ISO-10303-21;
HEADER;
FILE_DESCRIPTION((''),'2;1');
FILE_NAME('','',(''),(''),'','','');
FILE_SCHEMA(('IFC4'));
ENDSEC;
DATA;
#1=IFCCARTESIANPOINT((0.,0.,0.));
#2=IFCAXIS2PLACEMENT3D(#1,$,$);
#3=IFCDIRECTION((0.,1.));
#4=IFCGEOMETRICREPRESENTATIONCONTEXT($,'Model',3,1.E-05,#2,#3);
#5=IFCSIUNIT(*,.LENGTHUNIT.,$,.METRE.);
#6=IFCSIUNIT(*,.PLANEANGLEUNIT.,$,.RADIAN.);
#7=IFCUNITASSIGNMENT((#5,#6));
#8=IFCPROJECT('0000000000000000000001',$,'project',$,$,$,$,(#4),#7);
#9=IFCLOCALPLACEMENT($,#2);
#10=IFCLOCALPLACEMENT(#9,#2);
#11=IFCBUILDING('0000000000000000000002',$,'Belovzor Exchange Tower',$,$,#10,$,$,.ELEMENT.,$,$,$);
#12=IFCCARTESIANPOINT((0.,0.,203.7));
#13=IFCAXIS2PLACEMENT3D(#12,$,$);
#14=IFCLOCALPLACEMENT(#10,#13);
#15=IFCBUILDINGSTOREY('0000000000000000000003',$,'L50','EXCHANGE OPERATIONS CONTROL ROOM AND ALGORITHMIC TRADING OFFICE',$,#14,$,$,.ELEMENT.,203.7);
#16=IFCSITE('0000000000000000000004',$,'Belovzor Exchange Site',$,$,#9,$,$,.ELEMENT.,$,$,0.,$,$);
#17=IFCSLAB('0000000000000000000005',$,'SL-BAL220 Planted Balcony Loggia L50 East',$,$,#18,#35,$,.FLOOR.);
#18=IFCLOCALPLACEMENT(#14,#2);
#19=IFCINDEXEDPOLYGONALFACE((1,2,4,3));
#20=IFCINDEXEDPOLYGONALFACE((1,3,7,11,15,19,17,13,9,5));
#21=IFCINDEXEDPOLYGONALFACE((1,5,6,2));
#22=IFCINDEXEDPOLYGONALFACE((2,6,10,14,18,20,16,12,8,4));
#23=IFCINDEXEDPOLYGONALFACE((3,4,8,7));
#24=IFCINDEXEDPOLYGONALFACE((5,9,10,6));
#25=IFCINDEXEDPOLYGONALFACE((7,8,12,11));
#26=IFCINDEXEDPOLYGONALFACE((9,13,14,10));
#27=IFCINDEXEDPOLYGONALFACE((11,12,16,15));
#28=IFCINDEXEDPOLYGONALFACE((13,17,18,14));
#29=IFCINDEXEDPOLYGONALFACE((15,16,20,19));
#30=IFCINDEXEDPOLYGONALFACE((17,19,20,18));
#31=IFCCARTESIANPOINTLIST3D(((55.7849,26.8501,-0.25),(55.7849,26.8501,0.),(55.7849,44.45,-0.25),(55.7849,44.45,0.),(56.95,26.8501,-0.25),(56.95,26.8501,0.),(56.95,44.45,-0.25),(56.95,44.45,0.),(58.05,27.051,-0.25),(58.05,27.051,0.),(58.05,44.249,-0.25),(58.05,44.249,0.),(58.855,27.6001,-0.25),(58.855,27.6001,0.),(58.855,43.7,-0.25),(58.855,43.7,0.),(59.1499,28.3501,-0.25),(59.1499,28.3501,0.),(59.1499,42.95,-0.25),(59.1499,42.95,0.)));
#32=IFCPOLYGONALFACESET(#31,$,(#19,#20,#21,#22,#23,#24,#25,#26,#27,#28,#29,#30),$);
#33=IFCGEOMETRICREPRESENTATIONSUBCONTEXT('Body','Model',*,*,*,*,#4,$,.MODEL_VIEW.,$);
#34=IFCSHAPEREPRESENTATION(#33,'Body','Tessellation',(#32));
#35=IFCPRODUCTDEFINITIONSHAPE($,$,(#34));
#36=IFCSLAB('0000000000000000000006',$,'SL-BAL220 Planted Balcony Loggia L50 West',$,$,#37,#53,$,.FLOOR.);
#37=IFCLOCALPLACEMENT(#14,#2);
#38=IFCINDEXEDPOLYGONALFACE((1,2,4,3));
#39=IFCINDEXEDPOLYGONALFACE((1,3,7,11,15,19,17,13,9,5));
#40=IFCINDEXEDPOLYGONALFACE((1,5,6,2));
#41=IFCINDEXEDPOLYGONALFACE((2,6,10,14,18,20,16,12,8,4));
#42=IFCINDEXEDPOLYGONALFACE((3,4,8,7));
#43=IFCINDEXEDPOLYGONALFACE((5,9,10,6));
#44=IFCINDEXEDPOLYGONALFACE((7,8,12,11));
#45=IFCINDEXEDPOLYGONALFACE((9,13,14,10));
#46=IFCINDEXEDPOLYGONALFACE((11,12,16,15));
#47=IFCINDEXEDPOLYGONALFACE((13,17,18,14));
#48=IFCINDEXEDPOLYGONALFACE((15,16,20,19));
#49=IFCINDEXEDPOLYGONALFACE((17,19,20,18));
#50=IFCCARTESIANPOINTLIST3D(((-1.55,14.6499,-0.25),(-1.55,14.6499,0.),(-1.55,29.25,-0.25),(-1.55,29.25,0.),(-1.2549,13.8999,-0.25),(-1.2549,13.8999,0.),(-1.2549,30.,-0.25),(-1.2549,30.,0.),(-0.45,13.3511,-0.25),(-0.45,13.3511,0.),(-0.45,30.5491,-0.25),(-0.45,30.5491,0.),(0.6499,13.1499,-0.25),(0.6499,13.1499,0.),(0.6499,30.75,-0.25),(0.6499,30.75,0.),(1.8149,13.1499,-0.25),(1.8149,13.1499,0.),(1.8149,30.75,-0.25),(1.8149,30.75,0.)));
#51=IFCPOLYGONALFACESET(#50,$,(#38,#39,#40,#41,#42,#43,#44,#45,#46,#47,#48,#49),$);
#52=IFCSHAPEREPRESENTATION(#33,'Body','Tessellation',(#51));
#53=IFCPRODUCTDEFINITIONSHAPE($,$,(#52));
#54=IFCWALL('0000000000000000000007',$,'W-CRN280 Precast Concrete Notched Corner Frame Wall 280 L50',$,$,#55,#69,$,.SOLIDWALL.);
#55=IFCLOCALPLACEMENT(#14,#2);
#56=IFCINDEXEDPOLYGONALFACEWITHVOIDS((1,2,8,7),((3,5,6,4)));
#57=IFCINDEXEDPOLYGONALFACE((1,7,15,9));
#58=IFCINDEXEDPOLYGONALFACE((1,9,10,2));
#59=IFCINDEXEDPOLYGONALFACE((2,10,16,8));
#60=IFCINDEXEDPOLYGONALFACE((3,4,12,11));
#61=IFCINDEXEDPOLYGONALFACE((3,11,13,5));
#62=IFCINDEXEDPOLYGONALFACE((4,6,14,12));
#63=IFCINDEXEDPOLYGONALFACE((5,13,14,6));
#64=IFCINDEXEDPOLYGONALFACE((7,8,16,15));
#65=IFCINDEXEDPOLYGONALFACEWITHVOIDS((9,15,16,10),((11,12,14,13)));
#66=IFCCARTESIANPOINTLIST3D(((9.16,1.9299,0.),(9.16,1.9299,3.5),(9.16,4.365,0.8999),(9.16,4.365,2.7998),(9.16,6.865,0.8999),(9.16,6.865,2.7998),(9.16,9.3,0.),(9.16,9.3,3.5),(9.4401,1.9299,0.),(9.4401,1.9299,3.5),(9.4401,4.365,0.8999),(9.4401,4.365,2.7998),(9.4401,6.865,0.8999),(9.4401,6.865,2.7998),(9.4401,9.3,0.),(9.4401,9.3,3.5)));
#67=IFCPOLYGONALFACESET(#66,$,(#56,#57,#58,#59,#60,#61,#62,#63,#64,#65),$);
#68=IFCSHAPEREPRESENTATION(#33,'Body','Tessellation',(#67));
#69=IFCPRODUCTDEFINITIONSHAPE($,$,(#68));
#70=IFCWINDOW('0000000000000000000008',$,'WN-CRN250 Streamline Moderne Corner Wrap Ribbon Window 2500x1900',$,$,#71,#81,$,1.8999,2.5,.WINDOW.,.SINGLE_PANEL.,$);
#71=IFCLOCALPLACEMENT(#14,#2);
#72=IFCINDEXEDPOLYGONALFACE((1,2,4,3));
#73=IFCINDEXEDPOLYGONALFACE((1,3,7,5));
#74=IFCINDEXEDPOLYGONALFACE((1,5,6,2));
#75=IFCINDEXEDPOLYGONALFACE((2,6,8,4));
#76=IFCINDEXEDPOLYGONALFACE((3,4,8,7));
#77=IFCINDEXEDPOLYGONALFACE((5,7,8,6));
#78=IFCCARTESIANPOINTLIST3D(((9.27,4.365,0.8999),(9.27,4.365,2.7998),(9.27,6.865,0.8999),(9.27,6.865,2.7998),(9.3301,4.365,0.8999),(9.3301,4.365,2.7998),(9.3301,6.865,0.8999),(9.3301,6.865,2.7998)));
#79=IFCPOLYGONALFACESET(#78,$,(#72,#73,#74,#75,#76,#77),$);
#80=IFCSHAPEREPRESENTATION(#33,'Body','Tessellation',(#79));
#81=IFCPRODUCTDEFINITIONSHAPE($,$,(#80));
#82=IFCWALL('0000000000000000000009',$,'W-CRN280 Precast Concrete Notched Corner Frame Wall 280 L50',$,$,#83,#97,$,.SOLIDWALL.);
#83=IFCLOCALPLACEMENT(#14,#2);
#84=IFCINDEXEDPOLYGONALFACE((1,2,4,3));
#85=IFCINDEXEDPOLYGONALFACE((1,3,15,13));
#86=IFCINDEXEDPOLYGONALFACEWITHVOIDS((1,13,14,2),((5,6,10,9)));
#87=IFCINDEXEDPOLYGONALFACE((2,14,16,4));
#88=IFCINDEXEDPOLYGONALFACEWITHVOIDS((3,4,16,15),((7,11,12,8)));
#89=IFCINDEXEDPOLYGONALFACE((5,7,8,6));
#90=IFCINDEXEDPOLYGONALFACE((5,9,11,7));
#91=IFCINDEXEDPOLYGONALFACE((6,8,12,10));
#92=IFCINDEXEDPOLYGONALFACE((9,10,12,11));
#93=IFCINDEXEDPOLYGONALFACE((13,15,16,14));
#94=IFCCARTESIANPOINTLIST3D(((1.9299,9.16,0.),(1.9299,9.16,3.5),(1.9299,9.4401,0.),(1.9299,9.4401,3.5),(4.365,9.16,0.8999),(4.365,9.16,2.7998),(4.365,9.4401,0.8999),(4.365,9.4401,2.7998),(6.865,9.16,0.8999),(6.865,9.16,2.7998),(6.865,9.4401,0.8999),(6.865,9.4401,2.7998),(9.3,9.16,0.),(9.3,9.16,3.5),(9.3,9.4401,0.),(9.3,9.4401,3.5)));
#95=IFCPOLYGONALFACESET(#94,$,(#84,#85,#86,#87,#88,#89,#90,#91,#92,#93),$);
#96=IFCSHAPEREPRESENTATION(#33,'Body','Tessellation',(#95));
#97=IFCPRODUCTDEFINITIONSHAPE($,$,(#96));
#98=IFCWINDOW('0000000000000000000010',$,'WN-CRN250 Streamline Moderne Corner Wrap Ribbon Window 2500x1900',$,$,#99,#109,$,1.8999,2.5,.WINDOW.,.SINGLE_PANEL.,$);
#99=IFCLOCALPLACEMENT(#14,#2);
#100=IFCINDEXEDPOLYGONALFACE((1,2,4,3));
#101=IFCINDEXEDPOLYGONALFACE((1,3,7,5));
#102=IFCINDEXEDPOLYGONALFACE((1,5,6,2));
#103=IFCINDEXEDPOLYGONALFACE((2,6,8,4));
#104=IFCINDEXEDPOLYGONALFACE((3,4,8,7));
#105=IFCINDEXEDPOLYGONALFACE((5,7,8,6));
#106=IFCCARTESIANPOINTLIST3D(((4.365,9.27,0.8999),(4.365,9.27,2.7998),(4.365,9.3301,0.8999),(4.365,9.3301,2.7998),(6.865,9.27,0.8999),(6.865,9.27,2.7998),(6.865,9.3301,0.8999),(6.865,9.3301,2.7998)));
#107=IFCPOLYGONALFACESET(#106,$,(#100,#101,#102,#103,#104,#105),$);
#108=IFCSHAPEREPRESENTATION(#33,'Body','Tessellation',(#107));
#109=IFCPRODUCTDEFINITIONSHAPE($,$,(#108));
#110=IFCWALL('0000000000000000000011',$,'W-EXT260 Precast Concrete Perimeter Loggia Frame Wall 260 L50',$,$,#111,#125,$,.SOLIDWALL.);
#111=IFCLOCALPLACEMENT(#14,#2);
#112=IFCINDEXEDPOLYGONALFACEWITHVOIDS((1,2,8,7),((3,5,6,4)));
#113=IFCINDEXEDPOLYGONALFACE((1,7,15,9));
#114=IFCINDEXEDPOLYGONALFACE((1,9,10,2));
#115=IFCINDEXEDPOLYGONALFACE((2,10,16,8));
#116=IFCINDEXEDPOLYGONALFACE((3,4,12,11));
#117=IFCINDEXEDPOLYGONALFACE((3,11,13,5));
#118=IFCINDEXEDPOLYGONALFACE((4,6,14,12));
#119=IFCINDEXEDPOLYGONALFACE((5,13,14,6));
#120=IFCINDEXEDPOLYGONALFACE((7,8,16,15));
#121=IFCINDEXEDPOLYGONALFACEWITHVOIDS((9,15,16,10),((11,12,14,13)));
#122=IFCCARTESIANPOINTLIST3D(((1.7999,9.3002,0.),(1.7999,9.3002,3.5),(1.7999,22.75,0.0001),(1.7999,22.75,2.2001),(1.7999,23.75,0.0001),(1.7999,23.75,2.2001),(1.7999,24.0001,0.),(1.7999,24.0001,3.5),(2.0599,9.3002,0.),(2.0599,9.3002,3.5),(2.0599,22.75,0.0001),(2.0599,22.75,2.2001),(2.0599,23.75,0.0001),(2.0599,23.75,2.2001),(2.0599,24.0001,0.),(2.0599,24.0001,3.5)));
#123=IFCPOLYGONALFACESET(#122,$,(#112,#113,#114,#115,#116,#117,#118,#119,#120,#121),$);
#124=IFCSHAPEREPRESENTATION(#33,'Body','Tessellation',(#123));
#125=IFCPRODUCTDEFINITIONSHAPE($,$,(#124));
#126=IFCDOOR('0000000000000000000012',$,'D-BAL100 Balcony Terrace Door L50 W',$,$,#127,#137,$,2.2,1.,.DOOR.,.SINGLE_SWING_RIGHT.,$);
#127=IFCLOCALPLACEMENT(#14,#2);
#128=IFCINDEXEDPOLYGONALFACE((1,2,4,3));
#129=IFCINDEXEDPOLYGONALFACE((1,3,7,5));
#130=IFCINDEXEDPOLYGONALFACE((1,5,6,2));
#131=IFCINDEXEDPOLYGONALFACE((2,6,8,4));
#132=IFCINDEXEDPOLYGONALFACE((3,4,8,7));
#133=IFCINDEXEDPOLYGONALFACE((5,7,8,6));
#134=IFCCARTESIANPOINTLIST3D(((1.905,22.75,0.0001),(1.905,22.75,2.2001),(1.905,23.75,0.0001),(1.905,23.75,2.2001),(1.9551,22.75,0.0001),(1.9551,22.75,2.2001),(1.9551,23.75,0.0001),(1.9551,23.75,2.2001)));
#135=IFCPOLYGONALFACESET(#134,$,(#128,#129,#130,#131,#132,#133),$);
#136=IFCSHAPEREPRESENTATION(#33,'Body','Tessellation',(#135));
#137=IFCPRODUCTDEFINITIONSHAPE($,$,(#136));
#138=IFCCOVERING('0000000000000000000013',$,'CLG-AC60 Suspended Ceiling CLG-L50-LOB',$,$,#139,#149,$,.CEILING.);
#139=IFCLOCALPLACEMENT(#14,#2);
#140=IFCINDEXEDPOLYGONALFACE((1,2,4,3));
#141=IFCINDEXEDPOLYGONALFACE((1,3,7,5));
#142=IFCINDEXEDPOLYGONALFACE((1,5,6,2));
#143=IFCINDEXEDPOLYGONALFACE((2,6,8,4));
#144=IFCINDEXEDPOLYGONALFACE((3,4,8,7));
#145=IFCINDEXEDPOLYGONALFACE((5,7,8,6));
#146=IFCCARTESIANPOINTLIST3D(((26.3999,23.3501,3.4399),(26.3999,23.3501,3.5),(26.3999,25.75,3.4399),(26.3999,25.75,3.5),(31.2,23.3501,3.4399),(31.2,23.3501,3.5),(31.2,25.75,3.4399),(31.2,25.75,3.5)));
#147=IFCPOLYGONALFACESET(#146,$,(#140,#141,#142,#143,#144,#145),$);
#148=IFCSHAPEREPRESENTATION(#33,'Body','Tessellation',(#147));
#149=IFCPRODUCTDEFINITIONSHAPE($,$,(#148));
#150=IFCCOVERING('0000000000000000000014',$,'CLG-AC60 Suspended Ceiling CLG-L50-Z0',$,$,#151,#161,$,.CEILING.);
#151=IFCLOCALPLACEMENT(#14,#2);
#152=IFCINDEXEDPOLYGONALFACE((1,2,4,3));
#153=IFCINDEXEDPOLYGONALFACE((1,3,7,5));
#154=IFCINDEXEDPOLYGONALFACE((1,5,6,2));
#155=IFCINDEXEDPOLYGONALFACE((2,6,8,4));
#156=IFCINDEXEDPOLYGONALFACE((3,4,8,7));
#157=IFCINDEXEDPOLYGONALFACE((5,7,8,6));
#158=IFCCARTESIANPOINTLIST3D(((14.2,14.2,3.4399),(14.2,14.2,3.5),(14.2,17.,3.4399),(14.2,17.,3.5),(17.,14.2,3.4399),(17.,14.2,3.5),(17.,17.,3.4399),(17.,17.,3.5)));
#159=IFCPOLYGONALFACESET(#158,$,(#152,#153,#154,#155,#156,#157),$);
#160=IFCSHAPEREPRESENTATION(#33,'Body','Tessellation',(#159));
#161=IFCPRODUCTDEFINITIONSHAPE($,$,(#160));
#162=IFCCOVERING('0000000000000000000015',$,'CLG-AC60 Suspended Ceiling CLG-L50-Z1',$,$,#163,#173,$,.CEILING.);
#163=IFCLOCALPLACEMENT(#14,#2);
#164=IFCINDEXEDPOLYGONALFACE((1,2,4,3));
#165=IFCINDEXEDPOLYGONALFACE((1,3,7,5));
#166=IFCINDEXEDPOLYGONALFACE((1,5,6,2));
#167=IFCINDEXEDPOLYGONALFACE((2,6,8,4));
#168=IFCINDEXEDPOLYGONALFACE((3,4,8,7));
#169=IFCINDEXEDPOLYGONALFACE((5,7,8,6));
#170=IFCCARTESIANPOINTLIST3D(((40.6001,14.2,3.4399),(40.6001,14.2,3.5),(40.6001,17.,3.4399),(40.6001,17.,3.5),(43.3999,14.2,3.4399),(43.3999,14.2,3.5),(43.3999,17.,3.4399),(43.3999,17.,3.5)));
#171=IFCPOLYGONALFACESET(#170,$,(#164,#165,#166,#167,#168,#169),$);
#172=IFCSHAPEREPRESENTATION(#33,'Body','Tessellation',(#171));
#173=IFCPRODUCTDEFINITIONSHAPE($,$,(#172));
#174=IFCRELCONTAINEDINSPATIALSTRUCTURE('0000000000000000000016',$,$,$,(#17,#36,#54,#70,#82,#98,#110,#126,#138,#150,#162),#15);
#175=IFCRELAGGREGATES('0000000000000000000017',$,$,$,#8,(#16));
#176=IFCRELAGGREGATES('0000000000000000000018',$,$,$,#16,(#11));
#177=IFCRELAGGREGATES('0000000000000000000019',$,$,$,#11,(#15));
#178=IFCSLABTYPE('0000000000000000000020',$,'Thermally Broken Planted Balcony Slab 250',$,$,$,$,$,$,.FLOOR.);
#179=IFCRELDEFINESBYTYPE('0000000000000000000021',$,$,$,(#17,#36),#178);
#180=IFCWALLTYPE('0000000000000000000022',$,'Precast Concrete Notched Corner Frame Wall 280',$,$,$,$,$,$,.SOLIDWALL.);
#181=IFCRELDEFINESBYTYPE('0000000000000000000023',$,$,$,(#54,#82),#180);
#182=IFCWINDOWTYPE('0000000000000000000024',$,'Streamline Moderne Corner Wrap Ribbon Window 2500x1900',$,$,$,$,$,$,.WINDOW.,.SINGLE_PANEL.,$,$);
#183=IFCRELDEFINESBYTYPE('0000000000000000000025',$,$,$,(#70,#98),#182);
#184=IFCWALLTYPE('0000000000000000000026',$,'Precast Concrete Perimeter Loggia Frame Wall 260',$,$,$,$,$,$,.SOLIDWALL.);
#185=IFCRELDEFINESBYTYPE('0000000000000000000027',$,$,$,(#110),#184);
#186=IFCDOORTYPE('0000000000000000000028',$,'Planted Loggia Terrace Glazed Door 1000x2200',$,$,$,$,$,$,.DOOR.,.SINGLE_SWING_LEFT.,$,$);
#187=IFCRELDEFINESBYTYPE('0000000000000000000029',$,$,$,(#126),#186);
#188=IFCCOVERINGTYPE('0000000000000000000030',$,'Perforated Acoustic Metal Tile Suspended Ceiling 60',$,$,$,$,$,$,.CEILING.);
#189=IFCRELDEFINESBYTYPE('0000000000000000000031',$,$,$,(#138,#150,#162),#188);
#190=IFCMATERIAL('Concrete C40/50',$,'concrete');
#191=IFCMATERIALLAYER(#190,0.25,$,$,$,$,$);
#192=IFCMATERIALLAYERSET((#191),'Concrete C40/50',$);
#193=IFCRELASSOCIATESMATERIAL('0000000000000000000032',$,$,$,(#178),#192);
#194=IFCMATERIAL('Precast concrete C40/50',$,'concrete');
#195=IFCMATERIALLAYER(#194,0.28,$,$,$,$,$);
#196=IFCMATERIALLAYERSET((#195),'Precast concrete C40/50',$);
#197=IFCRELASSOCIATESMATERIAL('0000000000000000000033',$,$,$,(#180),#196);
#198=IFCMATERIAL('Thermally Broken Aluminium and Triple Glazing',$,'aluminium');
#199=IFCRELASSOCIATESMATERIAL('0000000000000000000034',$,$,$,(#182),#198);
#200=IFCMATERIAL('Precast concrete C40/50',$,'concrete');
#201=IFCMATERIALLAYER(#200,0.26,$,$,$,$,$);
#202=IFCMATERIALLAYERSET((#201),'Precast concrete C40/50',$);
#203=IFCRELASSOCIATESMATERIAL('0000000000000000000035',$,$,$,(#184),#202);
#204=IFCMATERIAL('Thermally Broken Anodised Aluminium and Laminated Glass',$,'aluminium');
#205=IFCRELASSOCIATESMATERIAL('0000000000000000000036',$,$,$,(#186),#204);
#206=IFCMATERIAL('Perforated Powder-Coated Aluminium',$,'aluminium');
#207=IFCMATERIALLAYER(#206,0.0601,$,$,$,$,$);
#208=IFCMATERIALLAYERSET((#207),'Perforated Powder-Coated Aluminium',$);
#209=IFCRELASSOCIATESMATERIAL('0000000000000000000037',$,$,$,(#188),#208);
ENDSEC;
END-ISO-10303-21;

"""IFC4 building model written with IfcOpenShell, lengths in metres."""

from ifc_helpers import new_model, si_unit, direction, frame, frame_2d, origin, place, context, subcontext, project, spatial, polyline, rectangle, outline, extrude, material, layer, layer_set, type_object, element, fill, save


model = new_model("IFC4")

# Units and contexts
model_context = context("Model", 3, precision=1e-05, world=origin(), true_north=direction((0.0, 1.0)))
body_context = subcontext(model_context, "Body", "Model", "MODEL_VIEW")
ifc_project = project(units=[si_unit("LENGTHUNIT", "METRE"), si_unit("PLANEANGLEUNIT", "RADIAN")], contexts=[model_context])

# Site, building, storey
site_placement = place(None, origin())
site = spatial("IfcSite", under=ifc_project, at=site_placement, Name="Belovzor Exchange Site", CompositionType="ELEMENT", RefElevation=0.0)
building_placement = place(site_placement, origin())
building = spatial("IfcBuilding", under=site, at=building_placement, Name="Belovzor Exchange Tower", CompositionType="ELEMENT")
storey_placement = place(building_placement, frame((0.0, 0.0, 203.7)))
storey = spatial("IfcBuildingStorey", under=building, at=storey_placement, Name="L50", Description="EXCHANGE OPERATIONS CONTROL ROOM AND ALGORITHMIC TRADING OFFICE", CompositionType="ELEMENT", Elevation=203.7)

# Slabs
ifc_material_1 = material(Name="Concrete C40/50", Category="concrete")
ifc_layer_1 = layer(ifc_material_1, 0.25)
ifc_layer_set_1 = layer_set([ifc_layer_1], Name="Concrete C40/50")
slab_type_1 = type_object("IfcSlabType", Name="Thermally Broken Planted Balcony Slab 250", PredefinedType="FLOOR", material=ifc_layer_set_1)
slab_1_placement = place(storey_placement, frame((0.0, 0.0, -0.25)))
element("IfcSlab", 1, at=slab_1_placement, inside=storey, type_object=slab_type_1, Name="SL-BAL220 Planted Balcony Loggia L50 East", PredefinedType="FLOOR", context=body_context, shape_type="SweptSolid", body=[
    extrude(outline(polyline([(55.7849, 26.8501), (56.95, 26.8501), (58.05, 27.051), (58.855, 27.6001), (59.1499, 28.3501), (59.1499, 42.95), (58.855, 43.7), (58.05, 44.249), (56.95, 44.45), (55.7849, 44.45), (55.7849, 26.8501)])), origin(), (0.0, 0.0, 1.0), 0.25),
])
slab_2_placement = place(storey_placement, frame((0.0, 0.0, -0.25)))
element("IfcSlab", 2, at=slab_2_placement, inside=storey, type_object=slab_type_1, Name="SL-BAL220 Planted Balcony Loggia L50 West", PredefinedType="FLOOR", context=body_context, shape_type="SweptSolid", body=[
    extrude(outline(polyline([(1.8149, 30.75), (0.6499, 30.75), (-0.45, 30.5491), (-1.2549, 30.0), (-1.55, 29.25), (-1.55, 14.6499), (-1.2549, 13.8999), (-0.45, 13.3511), (0.6499, 13.1499), (1.8149, 13.1499), (1.8149, 30.75)])), origin(), (0.0, 0.0, 1.0), 0.25),
])

# Walls, openings, windows
ifc_material_2 = material(Name="Precast concrete C40/50", Category="concrete")
ifc_layer_2 = layer(ifc_material_2, 0.28)
ifc_layer_set_2 = layer_set([ifc_layer_2], Name="Precast concrete C40/50")
wall_type_1 = type_object("IfcWallType", Name="Precast Concrete Notched Corner Frame Wall 280", PredefinedType="SOLIDWALL", material=ifc_layer_set_2)
wall_1_placement = place(storey_placement, frame((9.3, 1.9299, 0.0), z_axis=(0.0, 0.0, 1.0), x_axis=(0.0, 1.0, 0.0)))
wall_1 = element("IfcWall", 3, at=wall_1_placement, inside=storey, type_object=wall_type_1, Name="W-CRN280 Precast Concrete Notched Corner Frame Wall 280 L50", PredefinedType="SOLIDWALL", context=body_context, shape_type="SweptSolid", body=[
    extrude(rectangle(XDim=7.3701, YDim=0.28, at=frame_2d((3.6851, 0.0))), origin(), (0.0, 0.0, 1.0), 3.5),
])
opening_1_placement = place(wall_1_placement, frame((2.4351, 0.0, 0.8999)))
opening_1 = element("IfcOpeningElement", 4, at=opening_1_placement, cuts=wall_1, PredefinedType="OPENING", context=body_context, shape_type="SweptSolid", body=[
    extrude(rectangle(XDim=2.5, YDim=1.8999, at=frame_2d((1.25, 0.95))), frame((0.0, 0.1499, 0.0), z_axis=(0.0, -1.0, 0.0), x_axis=(1.0, 0.0, 0.0)), (0.0, 0.0, 1.0), 0.3),
])
ifc_material_3 = material(Name="Thermally Broken Aluminium and Triple Glazing", Category="aluminium")
window_type = type_object("IfcWindowType", Name="Streamline Moderne Corner Wrap Ribbon Window 2500x1900", PartitioningType="SINGLE_PANEL", PredefinedType="WINDOW", material=ifc_material_3)
window_1_placement = place(opening_1_placement, origin())
window_1 = element("IfcWindow", 5, at=window_1_placement, inside=storey, type_object=window_type, Name="WN-CRN250 Streamline Moderne Corner Wrap Ribbon Window 2500x1900", OverallHeight=1.8999, OverallWidth=2.5, PartitioningType="SINGLE_PANEL", PredefinedType="WINDOW", context=body_context, shape_type="SweptSolid", body=[
    extrude(rectangle(XDim=2.5, YDim=1.8999, at=frame_2d((1.25, 0.95))), frame((0.0, 0.03, 0.0), z_axis=(0.0, -1.0, 0.0), x_axis=(1.0, 0.0, 0.0)), (0.0, 0.0, 1.0), 0.0601),
])
fill(opening_1, window_1)
wall_2_placement = place(storey_placement, frame((9.3, 9.3, 0.0), z_axis=(0.0, 0.0, 1.0), x_axis=(-1.0, 0.0, 0.0)))
wall_2 = element("IfcWall", 6, at=wall_2_placement, inside=storey, type_object=wall_type_1, Name="W-CRN280 Precast Concrete Notched Corner Frame Wall 280 L50", PredefinedType="SOLIDWALL", context=body_context, shape_type="SweptSolid", body=[
    extrude(rectangle(XDim=7.3701, YDim=0.28, at=frame_2d((3.6851, 0.0))), origin(), (0.0, 0.0, 1.0), 3.5),
])
opening_2_placement = place(wall_2_placement, frame((2.4351, 0.0, 0.8999)))
opening_2 = element("IfcOpeningElement", 7, at=opening_2_placement, cuts=wall_2, PredefinedType="OPENING", context=body_context, shape_type="SweptSolid", body=[
    extrude(rectangle(XDim=2.5, YDim=1.8999, at=frame_2d((1.25, 0.95))), frame((0.0, 0.1499, 0.0), z_axis=(0.0, -1.0, 0.0), x_axis=(1.0, 0.0, 0.0)), (0.0, 0.0, 1.0), 0.3),
])
window_2_placement = place(opening_2_placement, origin())
window_2 = element("IfcWindow", 8, at=window_2_placement, inside=storey, type_object=window_type, Name="WN-CRN250 Streamline Moderne Corner Wrap Ribbon Window 2500x1900", OverallHeight=1.8999, OverallWidth=2.5, PartitioningType="SINGLE_PANEL", PredefinedType="WINDOW", context=body_context, shape_type="SweptSolid", body=[
    extrude(rectangle(XDim=2.5, YDim=1.8999, at=frame_2d((1.25, 0.95))), frame((0.0, 0.03, 0.0), z_axis=(0.0, -1.0, 0.0), x_axis=(1.0, 0.0, 0.0)), (0.0, 0.0, 1.0), 0.0601),
])
fill(opening_2, window_2)

# Wall, opening, door
ifc_material_4 = material(Name="Precast concrete C40/50", Category="concrete")
ifc_layer_3 = layer(ifc_material_4, 0.26)
ifc_layer_set_3 = layer_set([ifc_layer_3], Name="Precast concrete C40/50")
wall_type_2 = type_object("IfcWallType", Name="Precast Concrete Perimeter Loggia Frame Wall 260", PredefinedType="SOLIDWALL", material=ifc_layer_set_3)
wall_3_placement = place(storey_placement, frame((1.9299, 9.3, 0.0), z_axis=(0.0, 0.0, 1.0), x_axis=(0.0, 1.0, 0.0)))
wall_3 = element("IfcWall", 9, at=wall_3_placement, inside=storey, type_object=wall_type_2, Name="W-EXT260 Precast Concrete Perimeter Loggia Frame Wall 260 L50", PredefinedType="SOLIDWALL", context=body_context, shape_type="SweptSolid", body=[
    extrude(rectangle(XDim=14.7, YDim=0.26, at=frame_2d((7.3501, 0.0))), origin(), (0.0, 0.0, 1.0), 3.5),
])
opening_3_placement = place(wall_3_placement, frame((13.45, 0.0, 0.0)))
opening_3 = element("IfcOpeningElement", 10, at=opening_3_placement, cuts=wall_3, PredefinedType="OPENING", context=body_context, shape_type="SweptSolid", body=[
    extrude(rectangle(XDim=1.0, YDim=2.2, at=frame_2d((0.5, 1.1001))), frame((0.0, 0.1399, 0.0), z_axis=(0.0, -1.0, 0.0), x_axis=(1.0, 0.0, 0.0)), (0.0, 0.0, 1.0), 0.28),
])
ifc_material_5 = material(Name="Thermally Broken Anodised Aluminium and Laminated Glass", Category="aluminium")
door_type = type_object("IfcDoorType", Name="Planted Loggia Terrace Glazed Door 1000x2200", OperationType="SINGLE_SWING_LEFT", PredefinedType="DOOR", material=ifc_material_5)
door_placement = place(opening_3_placement, origin())
door = element("IfcDoor", 11, at=door_placement, inside=storey, type_object=door_type, Name="D-BAL100 Balcony Terrace Door L50 W", OperationType="SINGLE_SWING_RIGHT", OverallHeight=2.2, OverallWidth=1.0, PredefinedType="DOOR", context=body_context, shape_type="SweptSolid", body=[
    extrude(rectangle(XDim=1.0, YDim=2.2, at=frame_2d((0.5, 1.1001))), frame((0.0, 0.0249, 0.0), z_axis=(0.0, -1.0, 0.0), x_axis=(1.0, 0.0, 0.0)), (0.0, 0.0, 1.0), 0.05),
])
fill(opening_3, door)

# Coverings
ifc_material_6 = material(Name="Perforated Powder-Coated Aluminium", Category="aluminium")
ifc_layer_4 = layer(ifc_material_6, 0.0601)
ifc_layer_set_4 = layer_set([ifc_layer_4], Name="Perforated Powder-Coated Aluminium")
covering_type_1 = type_object("IfcCoveringType", Name="Perforated Acoustic Metal Tile Suspended Ceiling 60", PredefinedType="CEILING", material=ifc_layer_set_4)
covering_1_placement = place(storey_placement, frame((0.0, 0.0, 3.4399)))
element("IfcCovering", 12, at=covering_1_placement, inside=storey, type_object=covering_type_1, Name="CLG-AC60 Suspended Ceiling CLG-L50-LOB", PredefinedType="CEILING", context=body_context, shape_type="SweptSolid", body=[
    extrude(outline(polyline([(26.3999, 23.3501), (31.2, 23.3501), (31.2, 25.75), (26.3999, 25.75), (26.3999, 23.3501)])), origin(), (0.0, 0.0, 1.0), 0.0601),
])
covering_2_placement = place(storey_placement, frame((0.0, 0.0, 3.4399)))
element("IfcCovering", 13, at=covering_2_placement, inside=storey, type_object=covering_type_1, Name="CLG-AC60 Suspended Ceiling CLG-L50-Z0", PredefinedType="CEILING", context=body_context, shape_type="SweptSolid", body=[
    extrude(outline(polyline([(14.2, 14.2), (17.0, 14.2), (17.0, 17.0), (14.2, 17.0), (14.2, 14.2)])), origin(), (0.0, 0.0, 1.0), 0.0601),
])
covering_3_placement = place(storey_placement, frame((0.0, 0.0, 3.4399)))
element("IfcCovering", 14, at=covering_3_placement, inside=storey, type_object=covering_type_1, Name="CLG-AC60 Suspended Ceiling CLG-L50-Z1", PredefinedType="CEILING", context=body_context, shape_type="SweptSolid", body=[
    extrude(outline(polyline([(40.6001, 14.2), (43.3999, 14.2), (43.3999, 17.0), (40.6001, 17.0), (40.6001, 14.2)])), origin(), (0.0, 0.0, 1.0), 0.0601),
])

save(model, "model.ifc")
